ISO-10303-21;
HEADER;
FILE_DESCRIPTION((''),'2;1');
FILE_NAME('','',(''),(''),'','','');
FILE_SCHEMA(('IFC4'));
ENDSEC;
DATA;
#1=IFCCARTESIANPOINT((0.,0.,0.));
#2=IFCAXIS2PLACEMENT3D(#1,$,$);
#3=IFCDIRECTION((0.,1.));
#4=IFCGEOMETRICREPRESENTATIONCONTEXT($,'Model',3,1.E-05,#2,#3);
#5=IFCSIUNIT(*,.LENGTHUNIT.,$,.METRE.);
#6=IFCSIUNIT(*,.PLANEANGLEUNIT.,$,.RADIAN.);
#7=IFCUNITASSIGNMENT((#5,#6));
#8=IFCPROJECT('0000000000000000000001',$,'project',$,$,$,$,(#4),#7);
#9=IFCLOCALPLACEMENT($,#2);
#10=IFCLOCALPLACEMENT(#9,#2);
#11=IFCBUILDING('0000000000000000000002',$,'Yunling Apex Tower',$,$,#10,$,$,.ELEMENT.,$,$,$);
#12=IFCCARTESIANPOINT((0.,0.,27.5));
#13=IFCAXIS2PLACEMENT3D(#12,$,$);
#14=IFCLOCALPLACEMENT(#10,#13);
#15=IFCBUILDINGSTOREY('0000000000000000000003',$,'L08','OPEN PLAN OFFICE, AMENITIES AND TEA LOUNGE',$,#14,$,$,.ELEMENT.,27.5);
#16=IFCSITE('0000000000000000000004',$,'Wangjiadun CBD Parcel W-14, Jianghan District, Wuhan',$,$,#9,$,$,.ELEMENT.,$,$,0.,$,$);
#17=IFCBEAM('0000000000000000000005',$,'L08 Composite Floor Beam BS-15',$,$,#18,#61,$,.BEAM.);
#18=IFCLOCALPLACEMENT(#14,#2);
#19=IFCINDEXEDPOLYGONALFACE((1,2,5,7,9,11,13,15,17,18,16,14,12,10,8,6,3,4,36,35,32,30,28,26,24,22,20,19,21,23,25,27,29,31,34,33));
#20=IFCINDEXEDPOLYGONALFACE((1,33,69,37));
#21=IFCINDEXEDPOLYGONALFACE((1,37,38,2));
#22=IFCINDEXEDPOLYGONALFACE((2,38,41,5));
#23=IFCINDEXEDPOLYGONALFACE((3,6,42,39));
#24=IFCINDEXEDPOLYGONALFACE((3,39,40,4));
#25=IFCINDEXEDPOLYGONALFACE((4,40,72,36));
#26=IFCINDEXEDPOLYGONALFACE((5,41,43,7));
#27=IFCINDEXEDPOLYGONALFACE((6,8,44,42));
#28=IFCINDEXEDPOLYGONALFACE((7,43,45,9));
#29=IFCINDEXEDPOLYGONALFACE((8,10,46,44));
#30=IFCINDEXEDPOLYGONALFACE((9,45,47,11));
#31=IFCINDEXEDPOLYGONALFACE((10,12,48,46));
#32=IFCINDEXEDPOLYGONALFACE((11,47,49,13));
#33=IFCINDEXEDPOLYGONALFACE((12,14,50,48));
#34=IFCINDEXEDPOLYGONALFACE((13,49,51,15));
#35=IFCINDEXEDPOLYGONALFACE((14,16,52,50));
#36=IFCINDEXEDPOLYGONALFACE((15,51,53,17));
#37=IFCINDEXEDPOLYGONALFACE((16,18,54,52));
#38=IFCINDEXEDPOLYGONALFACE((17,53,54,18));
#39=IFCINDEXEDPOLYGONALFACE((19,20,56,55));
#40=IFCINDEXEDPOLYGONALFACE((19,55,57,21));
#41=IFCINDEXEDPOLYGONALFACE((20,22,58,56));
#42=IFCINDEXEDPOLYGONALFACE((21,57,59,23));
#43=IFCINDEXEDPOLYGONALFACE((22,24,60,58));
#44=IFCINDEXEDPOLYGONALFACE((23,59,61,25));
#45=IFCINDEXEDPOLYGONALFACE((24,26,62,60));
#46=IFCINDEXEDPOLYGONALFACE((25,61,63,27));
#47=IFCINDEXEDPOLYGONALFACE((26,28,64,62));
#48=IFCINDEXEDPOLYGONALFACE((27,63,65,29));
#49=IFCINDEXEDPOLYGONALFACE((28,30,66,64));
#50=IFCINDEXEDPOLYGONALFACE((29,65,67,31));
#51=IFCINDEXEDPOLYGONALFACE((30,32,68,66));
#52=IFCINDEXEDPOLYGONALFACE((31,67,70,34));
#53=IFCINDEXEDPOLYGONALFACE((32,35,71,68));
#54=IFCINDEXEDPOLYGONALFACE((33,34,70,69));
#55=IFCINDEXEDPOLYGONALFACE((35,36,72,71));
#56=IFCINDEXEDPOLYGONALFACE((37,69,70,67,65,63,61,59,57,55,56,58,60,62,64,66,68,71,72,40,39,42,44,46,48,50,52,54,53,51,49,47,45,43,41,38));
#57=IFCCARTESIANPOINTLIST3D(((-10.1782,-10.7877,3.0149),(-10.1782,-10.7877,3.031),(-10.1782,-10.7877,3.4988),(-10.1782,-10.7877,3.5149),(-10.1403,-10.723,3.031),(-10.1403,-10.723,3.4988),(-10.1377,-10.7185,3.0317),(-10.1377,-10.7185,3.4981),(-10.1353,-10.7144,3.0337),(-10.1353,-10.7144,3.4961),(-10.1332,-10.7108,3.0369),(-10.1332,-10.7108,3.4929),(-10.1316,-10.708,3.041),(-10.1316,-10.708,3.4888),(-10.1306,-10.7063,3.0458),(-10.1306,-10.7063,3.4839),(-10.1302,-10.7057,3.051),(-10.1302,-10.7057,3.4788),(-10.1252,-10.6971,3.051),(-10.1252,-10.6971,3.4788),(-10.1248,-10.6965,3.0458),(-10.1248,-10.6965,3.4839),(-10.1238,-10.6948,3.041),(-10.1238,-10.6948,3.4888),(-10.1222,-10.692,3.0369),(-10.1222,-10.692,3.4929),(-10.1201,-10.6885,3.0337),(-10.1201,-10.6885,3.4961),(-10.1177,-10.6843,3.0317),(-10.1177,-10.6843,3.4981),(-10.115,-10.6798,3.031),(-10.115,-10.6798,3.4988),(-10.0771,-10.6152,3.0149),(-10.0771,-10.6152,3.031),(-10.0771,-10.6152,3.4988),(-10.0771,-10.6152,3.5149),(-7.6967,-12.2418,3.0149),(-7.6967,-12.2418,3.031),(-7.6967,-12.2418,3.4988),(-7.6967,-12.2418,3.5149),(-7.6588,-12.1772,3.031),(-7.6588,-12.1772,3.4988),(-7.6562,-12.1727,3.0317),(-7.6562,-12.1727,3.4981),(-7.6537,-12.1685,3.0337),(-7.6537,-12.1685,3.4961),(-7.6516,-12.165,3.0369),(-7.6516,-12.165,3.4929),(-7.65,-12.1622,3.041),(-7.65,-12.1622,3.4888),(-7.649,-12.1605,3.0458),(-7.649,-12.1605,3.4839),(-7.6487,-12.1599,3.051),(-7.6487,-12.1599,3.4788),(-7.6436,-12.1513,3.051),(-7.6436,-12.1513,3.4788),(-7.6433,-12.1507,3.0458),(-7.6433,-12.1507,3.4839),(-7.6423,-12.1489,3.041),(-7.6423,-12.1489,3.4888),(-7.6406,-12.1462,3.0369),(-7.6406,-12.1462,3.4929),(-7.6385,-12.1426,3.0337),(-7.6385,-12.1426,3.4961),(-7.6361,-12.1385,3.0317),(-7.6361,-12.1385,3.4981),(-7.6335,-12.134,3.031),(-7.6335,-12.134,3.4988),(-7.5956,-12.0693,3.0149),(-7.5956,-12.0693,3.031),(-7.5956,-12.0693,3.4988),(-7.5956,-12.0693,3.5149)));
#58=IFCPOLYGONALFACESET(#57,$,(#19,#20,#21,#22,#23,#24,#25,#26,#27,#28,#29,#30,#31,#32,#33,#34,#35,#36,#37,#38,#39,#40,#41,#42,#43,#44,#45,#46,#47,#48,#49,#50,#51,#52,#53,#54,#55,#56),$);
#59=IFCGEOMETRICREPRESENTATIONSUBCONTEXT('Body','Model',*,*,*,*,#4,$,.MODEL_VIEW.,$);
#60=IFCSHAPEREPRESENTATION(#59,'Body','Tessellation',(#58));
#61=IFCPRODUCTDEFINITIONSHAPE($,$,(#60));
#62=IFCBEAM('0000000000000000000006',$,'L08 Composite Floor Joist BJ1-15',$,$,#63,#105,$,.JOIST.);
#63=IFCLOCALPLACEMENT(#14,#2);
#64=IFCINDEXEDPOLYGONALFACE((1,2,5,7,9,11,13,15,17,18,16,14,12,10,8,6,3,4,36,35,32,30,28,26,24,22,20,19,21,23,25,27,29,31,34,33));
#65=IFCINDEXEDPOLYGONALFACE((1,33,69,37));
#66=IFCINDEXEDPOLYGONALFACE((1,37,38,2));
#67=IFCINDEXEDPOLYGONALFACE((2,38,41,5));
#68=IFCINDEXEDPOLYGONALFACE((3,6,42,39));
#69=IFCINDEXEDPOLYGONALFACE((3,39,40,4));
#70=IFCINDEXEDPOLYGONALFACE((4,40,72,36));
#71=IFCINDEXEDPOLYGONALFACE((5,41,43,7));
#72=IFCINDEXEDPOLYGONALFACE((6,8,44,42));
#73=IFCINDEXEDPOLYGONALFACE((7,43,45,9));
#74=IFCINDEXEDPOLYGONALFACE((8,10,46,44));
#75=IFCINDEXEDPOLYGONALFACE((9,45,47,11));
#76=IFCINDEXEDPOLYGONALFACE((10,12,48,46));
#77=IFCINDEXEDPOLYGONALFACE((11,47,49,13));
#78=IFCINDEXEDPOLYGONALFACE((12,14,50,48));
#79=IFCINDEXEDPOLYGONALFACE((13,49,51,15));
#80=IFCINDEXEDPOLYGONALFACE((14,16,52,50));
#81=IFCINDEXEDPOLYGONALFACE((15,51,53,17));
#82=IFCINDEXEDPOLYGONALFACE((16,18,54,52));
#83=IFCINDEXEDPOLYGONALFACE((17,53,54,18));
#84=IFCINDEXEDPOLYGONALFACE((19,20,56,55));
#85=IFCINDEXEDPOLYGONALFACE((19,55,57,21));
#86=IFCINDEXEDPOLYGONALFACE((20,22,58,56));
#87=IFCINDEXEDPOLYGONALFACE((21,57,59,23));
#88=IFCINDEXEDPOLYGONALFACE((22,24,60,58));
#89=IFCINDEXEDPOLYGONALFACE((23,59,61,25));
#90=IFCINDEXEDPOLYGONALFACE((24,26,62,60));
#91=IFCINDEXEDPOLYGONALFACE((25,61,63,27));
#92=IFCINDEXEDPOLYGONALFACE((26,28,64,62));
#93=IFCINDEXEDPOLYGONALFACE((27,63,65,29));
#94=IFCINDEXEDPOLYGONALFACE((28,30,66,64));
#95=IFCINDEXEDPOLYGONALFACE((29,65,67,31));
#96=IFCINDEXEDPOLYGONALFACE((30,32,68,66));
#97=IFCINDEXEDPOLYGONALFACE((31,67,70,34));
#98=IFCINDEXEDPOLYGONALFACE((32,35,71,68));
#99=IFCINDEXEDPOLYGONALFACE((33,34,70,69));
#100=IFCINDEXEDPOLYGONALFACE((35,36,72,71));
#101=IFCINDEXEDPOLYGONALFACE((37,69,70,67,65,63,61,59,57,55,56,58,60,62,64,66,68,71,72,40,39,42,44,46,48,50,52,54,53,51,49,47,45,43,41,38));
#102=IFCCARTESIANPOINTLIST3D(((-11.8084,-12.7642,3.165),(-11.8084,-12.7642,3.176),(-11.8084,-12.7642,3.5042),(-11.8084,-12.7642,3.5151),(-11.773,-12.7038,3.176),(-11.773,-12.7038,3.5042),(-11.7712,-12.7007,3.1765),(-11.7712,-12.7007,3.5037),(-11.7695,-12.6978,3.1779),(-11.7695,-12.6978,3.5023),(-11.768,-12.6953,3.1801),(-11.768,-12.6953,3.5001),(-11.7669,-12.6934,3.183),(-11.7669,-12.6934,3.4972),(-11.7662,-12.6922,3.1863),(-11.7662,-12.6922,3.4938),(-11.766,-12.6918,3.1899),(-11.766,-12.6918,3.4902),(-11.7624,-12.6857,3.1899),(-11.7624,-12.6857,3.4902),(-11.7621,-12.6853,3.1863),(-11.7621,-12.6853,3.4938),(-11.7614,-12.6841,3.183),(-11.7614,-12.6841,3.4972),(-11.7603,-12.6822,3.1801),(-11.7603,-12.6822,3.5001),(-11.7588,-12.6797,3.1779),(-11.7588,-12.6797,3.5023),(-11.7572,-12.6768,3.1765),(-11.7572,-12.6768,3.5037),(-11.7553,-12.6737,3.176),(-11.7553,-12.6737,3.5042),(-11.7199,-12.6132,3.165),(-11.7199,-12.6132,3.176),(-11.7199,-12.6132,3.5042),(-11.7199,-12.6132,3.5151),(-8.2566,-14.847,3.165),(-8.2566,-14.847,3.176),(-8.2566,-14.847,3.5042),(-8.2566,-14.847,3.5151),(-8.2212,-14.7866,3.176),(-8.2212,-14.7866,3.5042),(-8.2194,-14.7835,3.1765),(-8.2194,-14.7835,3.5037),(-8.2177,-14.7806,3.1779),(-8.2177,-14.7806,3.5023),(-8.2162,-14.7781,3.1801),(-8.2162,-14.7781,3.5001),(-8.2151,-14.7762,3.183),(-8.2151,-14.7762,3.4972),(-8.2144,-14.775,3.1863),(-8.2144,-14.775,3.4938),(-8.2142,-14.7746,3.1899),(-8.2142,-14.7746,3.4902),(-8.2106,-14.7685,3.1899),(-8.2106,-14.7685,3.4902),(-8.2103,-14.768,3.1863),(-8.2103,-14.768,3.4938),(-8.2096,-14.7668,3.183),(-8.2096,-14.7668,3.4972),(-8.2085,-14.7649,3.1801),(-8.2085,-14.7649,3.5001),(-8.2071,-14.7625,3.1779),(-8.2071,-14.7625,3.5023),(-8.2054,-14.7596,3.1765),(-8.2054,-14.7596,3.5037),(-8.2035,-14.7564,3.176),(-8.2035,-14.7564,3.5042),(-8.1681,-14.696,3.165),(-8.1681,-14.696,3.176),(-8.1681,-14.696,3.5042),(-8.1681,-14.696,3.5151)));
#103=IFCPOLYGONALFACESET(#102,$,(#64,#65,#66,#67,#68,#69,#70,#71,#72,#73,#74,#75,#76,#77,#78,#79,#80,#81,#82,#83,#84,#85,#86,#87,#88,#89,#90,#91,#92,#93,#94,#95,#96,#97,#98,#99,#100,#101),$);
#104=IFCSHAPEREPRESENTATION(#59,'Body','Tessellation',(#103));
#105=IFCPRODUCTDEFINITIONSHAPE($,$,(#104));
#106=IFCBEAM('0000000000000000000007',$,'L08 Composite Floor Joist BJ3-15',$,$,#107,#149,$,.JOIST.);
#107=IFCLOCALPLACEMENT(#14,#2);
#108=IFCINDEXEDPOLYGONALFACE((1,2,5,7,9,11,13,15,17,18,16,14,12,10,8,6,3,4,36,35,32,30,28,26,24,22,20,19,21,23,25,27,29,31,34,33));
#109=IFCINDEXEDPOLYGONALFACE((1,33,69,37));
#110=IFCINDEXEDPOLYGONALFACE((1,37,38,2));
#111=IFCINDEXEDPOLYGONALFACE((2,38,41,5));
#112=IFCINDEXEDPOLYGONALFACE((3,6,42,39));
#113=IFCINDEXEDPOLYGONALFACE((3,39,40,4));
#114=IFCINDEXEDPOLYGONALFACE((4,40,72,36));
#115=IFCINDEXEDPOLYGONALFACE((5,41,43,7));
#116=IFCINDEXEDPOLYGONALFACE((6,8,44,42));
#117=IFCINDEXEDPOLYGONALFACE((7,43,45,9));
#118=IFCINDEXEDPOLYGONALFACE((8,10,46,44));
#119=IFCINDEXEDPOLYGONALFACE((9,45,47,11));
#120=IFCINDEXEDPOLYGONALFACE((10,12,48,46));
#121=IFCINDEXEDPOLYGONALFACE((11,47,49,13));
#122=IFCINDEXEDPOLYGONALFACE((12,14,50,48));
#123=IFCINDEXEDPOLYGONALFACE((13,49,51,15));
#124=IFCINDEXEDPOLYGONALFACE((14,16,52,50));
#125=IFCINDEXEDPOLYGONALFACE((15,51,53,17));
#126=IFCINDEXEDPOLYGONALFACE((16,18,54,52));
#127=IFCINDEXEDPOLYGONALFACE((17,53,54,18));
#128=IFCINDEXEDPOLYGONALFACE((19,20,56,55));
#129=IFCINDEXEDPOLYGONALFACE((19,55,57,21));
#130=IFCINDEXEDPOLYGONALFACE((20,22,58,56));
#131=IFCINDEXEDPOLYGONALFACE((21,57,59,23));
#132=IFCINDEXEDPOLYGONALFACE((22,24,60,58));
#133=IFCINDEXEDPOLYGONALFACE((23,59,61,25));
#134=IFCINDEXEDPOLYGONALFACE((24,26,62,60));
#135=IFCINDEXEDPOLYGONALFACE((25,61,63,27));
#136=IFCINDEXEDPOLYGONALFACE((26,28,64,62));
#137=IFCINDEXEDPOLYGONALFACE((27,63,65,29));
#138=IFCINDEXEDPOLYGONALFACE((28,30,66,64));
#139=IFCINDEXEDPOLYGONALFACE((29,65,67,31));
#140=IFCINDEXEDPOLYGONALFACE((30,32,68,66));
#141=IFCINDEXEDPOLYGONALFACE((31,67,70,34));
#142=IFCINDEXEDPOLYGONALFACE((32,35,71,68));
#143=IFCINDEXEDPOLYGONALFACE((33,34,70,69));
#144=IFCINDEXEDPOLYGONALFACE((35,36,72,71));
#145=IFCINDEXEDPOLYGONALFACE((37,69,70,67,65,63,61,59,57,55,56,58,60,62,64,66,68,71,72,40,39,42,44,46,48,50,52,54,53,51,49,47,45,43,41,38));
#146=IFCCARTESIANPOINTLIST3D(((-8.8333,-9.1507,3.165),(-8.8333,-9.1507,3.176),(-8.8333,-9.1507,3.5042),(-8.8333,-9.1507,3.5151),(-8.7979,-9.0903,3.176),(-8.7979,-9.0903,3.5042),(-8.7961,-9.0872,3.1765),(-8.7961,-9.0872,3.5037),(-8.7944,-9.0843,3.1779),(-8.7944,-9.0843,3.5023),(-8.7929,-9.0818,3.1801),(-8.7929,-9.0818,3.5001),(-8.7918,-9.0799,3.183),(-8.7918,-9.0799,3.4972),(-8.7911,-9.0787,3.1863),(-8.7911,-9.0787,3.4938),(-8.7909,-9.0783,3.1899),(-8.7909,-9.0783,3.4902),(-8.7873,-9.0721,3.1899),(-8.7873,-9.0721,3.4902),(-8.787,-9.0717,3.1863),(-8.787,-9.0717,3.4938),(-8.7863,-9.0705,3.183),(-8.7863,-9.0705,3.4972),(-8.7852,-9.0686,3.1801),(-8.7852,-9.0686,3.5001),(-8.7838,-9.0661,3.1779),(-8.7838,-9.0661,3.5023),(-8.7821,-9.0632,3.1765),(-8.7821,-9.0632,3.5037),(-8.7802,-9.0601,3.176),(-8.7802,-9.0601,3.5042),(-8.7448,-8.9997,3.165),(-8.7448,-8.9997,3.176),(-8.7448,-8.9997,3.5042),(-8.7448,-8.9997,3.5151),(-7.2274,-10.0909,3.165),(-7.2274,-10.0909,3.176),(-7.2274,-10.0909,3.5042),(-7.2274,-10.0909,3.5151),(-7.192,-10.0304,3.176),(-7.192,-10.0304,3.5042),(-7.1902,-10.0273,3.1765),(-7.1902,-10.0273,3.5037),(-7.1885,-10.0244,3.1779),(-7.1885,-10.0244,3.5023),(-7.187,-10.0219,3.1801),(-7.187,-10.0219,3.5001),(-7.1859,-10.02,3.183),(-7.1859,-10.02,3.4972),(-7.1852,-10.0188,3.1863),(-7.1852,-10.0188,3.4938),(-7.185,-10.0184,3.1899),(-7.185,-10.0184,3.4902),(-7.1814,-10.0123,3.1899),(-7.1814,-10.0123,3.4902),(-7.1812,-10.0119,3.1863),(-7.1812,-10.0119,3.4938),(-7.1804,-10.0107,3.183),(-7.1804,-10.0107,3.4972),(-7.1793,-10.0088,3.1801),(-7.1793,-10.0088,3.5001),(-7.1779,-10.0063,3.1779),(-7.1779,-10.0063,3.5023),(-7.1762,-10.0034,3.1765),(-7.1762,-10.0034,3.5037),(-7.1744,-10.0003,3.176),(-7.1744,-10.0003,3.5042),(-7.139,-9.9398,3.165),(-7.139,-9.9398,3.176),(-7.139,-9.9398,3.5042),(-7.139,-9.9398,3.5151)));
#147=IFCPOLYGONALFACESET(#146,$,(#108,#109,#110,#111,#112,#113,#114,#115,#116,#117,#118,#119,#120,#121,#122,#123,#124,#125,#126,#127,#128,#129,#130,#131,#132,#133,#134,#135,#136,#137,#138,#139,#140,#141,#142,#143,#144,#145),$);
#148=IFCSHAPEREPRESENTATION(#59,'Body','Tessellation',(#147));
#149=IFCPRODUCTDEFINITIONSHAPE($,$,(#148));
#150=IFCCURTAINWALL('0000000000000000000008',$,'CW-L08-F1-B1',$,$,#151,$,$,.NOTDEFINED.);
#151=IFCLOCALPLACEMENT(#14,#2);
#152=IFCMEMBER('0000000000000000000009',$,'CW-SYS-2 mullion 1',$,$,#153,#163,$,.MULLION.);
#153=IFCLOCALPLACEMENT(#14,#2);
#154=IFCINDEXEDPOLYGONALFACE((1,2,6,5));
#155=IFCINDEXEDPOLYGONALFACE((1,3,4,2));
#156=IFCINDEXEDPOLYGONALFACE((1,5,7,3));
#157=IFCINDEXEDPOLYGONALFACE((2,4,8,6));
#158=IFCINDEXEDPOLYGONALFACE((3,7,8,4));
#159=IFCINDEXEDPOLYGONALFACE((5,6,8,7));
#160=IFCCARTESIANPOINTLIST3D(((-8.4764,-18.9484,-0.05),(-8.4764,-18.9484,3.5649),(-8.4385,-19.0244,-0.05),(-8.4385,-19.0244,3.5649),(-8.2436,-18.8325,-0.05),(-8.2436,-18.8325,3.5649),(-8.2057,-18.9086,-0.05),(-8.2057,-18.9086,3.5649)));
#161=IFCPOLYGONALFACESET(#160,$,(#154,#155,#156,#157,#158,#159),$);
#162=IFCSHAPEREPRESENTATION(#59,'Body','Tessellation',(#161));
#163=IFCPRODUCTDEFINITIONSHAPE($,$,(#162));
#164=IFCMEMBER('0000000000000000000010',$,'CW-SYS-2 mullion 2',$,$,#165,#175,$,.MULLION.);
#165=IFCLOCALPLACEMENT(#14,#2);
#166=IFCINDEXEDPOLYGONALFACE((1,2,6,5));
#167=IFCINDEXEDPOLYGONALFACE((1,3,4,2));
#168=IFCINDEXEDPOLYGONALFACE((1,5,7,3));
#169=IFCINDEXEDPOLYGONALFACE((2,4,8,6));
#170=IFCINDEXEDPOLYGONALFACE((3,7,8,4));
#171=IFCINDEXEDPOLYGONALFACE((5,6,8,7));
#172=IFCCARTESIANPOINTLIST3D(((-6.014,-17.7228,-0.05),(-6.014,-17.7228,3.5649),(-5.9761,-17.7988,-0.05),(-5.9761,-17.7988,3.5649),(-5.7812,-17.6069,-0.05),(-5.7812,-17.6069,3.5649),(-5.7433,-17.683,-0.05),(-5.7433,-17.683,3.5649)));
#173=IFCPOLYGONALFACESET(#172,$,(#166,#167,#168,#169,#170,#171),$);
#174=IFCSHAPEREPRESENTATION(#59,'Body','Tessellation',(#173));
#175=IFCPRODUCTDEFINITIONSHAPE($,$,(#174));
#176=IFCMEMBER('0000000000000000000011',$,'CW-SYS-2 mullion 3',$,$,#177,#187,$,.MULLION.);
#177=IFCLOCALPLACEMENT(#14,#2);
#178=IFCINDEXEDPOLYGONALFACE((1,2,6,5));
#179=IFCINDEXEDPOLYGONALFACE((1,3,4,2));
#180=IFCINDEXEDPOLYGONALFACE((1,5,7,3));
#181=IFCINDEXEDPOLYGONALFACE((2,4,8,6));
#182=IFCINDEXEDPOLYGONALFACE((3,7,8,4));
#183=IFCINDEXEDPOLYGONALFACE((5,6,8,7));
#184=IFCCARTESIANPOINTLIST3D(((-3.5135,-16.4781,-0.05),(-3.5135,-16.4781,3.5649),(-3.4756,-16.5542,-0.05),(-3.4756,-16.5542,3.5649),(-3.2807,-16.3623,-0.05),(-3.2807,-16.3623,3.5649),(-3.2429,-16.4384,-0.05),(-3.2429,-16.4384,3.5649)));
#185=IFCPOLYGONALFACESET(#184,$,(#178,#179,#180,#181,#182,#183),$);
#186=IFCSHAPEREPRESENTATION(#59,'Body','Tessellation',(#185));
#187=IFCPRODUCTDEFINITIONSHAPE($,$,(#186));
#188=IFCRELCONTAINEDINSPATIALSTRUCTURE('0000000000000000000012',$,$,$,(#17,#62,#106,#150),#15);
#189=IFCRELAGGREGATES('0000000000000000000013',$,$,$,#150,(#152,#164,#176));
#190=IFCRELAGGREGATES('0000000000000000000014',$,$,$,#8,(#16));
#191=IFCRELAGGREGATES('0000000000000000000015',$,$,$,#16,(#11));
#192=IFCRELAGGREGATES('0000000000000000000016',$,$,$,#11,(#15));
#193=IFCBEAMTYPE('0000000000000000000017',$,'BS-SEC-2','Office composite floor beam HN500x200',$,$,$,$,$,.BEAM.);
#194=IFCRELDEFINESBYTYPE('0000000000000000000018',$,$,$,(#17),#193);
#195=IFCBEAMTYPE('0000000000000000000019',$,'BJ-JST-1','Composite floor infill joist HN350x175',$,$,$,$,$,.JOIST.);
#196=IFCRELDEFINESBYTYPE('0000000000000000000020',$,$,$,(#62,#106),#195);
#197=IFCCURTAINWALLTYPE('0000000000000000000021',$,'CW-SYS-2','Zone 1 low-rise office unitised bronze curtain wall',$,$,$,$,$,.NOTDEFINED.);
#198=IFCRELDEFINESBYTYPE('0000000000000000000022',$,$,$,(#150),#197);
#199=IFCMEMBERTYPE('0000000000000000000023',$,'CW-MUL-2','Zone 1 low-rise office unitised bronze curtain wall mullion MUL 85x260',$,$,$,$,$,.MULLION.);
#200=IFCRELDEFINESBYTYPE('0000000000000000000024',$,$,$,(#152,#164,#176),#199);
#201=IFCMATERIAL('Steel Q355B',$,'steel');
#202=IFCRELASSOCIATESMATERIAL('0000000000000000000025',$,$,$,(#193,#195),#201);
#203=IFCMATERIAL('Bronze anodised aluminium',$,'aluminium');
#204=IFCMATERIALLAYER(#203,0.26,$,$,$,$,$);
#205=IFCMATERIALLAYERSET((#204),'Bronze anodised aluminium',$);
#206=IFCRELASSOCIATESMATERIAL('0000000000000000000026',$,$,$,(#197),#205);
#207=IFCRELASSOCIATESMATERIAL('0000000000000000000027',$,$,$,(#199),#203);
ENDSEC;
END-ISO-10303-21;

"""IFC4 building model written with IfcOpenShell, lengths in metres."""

from ifc_helpers import new_model, si_unit, direction, frame, origin, origin_2d, place, context, subcontext, project, spatial, rectangle, i_section, extrude, source, transform, mapped, material, layer, layer_set, material_profile, profile_set, type_object, element, aggregate, save


model = new_model("IFC4")

# Units and contexts
model_context = context("Model", 3, precision=1e-05, world=origin(), true_north=direction((0.0, 1.0)))
body_context = subcontext(model_context, "Body", "Model", "MODEL_VIEW")
ifc_project = project(units=[si_unit("LENGTHUNIT", "METRE"), si_unit("PLANEANGLEUNIT", "RADIAN")], contexts=[model_context])

# Site, building, storey
site_placement = place(None, origin())
site = spatial("IfcSite", under=ifc_project, at=site_placement, Name="Wangjiadun CBD Parcel W-14, Jianghan District, Wuhan", CompositionType="ELEMENT", RefElevation=0.0)
building_placement = place(site_placement, origin())
building = spatial("IfcBuilding", under=site, at=building_placement, Name="Yunling Apex Tower", CompositionType="ELEMENT")
storey_placement = place(building_placement, frame((0.0, 0.0, 27.5)))
storey = spatial("IfcBuildingStorey", under=building, at=storey_placement, Name="L08", Description="OPEN PLAN OFFICE, AMENITIES AND TEA LOUNGE", CompositionType="ELEMENT", Elevation=27.5)

# Beams
ifc_material_1 = material(Name="Steel Q355B", Category="steel")
ifc_material_profile_1 = material_profile(ifc_material_1, i_section(OverallWidth=0.2, OverallDepth=0.5, WebThickness=0.01, FlangeThickness=0.0161, FilletRadius=0.02, at=origin_2d()))
ifc_profile_set_1 = profile_set([ifc_material_profile_1], Name="Steel Q355B")
beam_type_1 = type_object("IfcBeamType", Name="BS-SEC-2", Description="Office composite floor beam HN500x200", PredefinedType="BEAM", material=ifc_profile_set_1)
ifc_material_profile_2 = material_profile(ifc_material_1, i_section(OverallWidth=0.175, OverallDepth=0.3501, WebThickness=0.0071, FlangeThickness=0.011, FilletRadius=0.0139, at=origin_2d()))
ifc_profile_set_2 = profile_set([ifc_material_profile_2], Name="Steel Q355B")
beam_type_2 = type_object("IfcBeamType", Name="BJ-JST-1", Description="Composite floor infill joist HN350x175", PredefinedType="JOIST", material=ifc_profile_set_2)
shared_shape_1 = source(origin(), body_context, "Body", "SweptSolid", [
    extrude(i_section(OverallWidth=0.2, OverallDepth=0.5, WebThickness=0.01, FlangeThickness=0.0161, FilletRadius=0.02, at=origin_2d()), origin(), (0.0, 0.0, 1.0), 2.8762),
])
beam_1_placement = place(storey_placement, frame((-10.1277, -10.7014, 3.2649), z_axis=(0.86278, -0.50558, 0.0), x_axis=(0.50558, 0.86278, 0.0)))
element("IfcBeam", 1, at=beam_1_placement, inside=storey, type_object=beam_type_1, Name="L08 Composite Floor Beam BS-15", PredefinedType="BEAM", context=body_context, shape_type="MappedRepresentation", body=[
    mapped(shared_shape_1, transform((0.0, 0.0, 0.0), scale=1.0)),
])
shared_shape_2 = source(origin(), body_context, "Body", "SweptSolid", [
    extrude(i_section(OverallWidth=0.175, OverallDepth=0.3501, WebThickness=0.0071, FlangeThickness=0.011, FilletRadius=0.0139, at=origin_2d()), origin(), (0.0, 0.0, 1.0), 4.1174),
])
beam_2_placement = place(storey_placement, frame((-11.7642, -12.6887, 3.3401), z_axis=(0.862624, -0.505846, 0.0), x_axis=(0.505846, 0.862624, 0.0)))
element("IfcBeam", 2, at=beam_2_placement, inside=storey, type_object=beam_type_2, Name="L08 Composite Floor Joist BJ1-15", PredefinedType="JOIST", context=body_context, shape_type="MappedRepresentation", body=[
    mapped(shared_shape_2, transform((0.0, 0.0, 0.0), scale=1.0)),
])
shared_shape_3 = source(origin(), body_context, "Body", "SweptSolid", [
    extrude(i_section(OverallWidth=0.175, OverallDepth=0.3501, WebThickness=0.0071, FlangeThickness=0.011, FilletRadius=0.0139, at=origin_2d()), origin(), (0.0, 0.0, 1.0), 1.8608),
])
beam_3_placement = place(storey_placement, frame((-8.7891, -9.0752, 3.3401), z_axis=(0.862988, -0.505224, 0.0), x_axis=(0.505224, 0.862988, 0.0)))
element("IfcBeam", 3, at=beam_3_placement, inside=storey, type_object=beam_type_2, Name="L08 Composite Floor Joist BJ3-15", PredefinedType="JOIST", context=body_context, shape_type="MappedRepresentation", body=[
    mapped(shared_shape_3, transform((0.0, 0.0, 0.0), scale=1.0)),
])

# Curtain wall, members
ifc_material_2 = material(Name="Bronze anodised aluminium", Category="aluminium")
ifc_layer_1 = layer(ifc_material_2, 0.26)
ifc_layer_set_1 = layer_set([ifc_layer_1], Name="Bronze anodised aluminium")
curtain_wall_type = type_object("IfcCurtainWallType", Name="CW-SYS-2", Description="Zone 1 low-rise office unitised bronze curtain wall", PredefinedType="NOTDEFINED", material=ifc_layer_set_1)
curtain_wall_1_placement = place(storey_placement, origin())
curtain_wall_1 = element("IfcCurtainWall", 4, at=curtain_wall_1_placement, inside=storey, type_object=curtain_wall_type, Name="CW-L08-F1-B1", PredefinedType="NOTDEFINED")
ifc_material_profile_3 = material_profile(ifc_material_2, rectangle(XDim=0.085, YDim=0.26, at=origin_2d()))
ifc_profile_set_3 = profile_set([ifc_material_profile_3], Name="Bronze anodised aluminium")
member_type_1 = type_object("IfcMemberType", Name="CW-MUL-2", Description="Zone 1 low-rise office unitised bronze curtain wall mullion MUL 85x260", PredefinedType="MULLION", material=ifc_profile_set_3)
shared_shape_4 = source(origin(), body_context, "Body", "SweptSolid", [
    extrude(rectangle(XDim=0.085, YDim=0.26, at=origin_2d()), origin(), (0.0, 0.0, 1.0), 3.615),
])
member_1_placement = place(storey_placement, frame((-8.3411, -18.9285, -0.05), z_axis=(0.0, 0.0, 1.0), x_axis=(-0.445571, 0.895247, 0.0)))
member_1 = element("IfcMember", 5, at=member_1_placement, type_object=member_type_1, Name="CW-SYS-2 mullion 1", PredefinedType="MULLION", context=body_context, shape_type="MappedRepresentation", body=[
    mapped(shared_shape_4, transform((0.0, 0.0, 0.0), scale=1.0)),
])
member_2_placement = place(storey_placement, frame((-5.8787, -17.7029, -0.05), z_axis=(0.0, 0.0, 1.0), x_axis=(-0.445571, 0.895247, 0.0)))
member_2 = element("IfcMember", 6, at=member_2_placement, type_object=member_type_1, Name="CW-SYS-2 mullion 2", PredefinedType="MULLION", context=body_context, shape_type="MappedRepresentation", body=[
    mapped(shared_shape_4, transform((0.0, 0.0, 0.0), scale=1.0)),
])
member_3_placement = place(storey_placement, frame((-3.3782, -16.4583, -0.05), z_axis=(0.0, 0.0, 1.0), x_axis=(-0.445571, 0.895247, 0.0)))
member_3 = element("IfcMember", 7, at=member_3_placement, type_object=member_type_1, Name="CW-SYS-2 mullion 3", PredefinedType="MULLION", context=body_context, shape_type="MappedRepresentation", body=[
    mapped(shared_shape_4, transform((0.0, 0.0, 0.0), scale=1.0)),
])

aggregate(curtain_wall_1, [member_1, member_2, member_3])

save(model, "model.ifc")
